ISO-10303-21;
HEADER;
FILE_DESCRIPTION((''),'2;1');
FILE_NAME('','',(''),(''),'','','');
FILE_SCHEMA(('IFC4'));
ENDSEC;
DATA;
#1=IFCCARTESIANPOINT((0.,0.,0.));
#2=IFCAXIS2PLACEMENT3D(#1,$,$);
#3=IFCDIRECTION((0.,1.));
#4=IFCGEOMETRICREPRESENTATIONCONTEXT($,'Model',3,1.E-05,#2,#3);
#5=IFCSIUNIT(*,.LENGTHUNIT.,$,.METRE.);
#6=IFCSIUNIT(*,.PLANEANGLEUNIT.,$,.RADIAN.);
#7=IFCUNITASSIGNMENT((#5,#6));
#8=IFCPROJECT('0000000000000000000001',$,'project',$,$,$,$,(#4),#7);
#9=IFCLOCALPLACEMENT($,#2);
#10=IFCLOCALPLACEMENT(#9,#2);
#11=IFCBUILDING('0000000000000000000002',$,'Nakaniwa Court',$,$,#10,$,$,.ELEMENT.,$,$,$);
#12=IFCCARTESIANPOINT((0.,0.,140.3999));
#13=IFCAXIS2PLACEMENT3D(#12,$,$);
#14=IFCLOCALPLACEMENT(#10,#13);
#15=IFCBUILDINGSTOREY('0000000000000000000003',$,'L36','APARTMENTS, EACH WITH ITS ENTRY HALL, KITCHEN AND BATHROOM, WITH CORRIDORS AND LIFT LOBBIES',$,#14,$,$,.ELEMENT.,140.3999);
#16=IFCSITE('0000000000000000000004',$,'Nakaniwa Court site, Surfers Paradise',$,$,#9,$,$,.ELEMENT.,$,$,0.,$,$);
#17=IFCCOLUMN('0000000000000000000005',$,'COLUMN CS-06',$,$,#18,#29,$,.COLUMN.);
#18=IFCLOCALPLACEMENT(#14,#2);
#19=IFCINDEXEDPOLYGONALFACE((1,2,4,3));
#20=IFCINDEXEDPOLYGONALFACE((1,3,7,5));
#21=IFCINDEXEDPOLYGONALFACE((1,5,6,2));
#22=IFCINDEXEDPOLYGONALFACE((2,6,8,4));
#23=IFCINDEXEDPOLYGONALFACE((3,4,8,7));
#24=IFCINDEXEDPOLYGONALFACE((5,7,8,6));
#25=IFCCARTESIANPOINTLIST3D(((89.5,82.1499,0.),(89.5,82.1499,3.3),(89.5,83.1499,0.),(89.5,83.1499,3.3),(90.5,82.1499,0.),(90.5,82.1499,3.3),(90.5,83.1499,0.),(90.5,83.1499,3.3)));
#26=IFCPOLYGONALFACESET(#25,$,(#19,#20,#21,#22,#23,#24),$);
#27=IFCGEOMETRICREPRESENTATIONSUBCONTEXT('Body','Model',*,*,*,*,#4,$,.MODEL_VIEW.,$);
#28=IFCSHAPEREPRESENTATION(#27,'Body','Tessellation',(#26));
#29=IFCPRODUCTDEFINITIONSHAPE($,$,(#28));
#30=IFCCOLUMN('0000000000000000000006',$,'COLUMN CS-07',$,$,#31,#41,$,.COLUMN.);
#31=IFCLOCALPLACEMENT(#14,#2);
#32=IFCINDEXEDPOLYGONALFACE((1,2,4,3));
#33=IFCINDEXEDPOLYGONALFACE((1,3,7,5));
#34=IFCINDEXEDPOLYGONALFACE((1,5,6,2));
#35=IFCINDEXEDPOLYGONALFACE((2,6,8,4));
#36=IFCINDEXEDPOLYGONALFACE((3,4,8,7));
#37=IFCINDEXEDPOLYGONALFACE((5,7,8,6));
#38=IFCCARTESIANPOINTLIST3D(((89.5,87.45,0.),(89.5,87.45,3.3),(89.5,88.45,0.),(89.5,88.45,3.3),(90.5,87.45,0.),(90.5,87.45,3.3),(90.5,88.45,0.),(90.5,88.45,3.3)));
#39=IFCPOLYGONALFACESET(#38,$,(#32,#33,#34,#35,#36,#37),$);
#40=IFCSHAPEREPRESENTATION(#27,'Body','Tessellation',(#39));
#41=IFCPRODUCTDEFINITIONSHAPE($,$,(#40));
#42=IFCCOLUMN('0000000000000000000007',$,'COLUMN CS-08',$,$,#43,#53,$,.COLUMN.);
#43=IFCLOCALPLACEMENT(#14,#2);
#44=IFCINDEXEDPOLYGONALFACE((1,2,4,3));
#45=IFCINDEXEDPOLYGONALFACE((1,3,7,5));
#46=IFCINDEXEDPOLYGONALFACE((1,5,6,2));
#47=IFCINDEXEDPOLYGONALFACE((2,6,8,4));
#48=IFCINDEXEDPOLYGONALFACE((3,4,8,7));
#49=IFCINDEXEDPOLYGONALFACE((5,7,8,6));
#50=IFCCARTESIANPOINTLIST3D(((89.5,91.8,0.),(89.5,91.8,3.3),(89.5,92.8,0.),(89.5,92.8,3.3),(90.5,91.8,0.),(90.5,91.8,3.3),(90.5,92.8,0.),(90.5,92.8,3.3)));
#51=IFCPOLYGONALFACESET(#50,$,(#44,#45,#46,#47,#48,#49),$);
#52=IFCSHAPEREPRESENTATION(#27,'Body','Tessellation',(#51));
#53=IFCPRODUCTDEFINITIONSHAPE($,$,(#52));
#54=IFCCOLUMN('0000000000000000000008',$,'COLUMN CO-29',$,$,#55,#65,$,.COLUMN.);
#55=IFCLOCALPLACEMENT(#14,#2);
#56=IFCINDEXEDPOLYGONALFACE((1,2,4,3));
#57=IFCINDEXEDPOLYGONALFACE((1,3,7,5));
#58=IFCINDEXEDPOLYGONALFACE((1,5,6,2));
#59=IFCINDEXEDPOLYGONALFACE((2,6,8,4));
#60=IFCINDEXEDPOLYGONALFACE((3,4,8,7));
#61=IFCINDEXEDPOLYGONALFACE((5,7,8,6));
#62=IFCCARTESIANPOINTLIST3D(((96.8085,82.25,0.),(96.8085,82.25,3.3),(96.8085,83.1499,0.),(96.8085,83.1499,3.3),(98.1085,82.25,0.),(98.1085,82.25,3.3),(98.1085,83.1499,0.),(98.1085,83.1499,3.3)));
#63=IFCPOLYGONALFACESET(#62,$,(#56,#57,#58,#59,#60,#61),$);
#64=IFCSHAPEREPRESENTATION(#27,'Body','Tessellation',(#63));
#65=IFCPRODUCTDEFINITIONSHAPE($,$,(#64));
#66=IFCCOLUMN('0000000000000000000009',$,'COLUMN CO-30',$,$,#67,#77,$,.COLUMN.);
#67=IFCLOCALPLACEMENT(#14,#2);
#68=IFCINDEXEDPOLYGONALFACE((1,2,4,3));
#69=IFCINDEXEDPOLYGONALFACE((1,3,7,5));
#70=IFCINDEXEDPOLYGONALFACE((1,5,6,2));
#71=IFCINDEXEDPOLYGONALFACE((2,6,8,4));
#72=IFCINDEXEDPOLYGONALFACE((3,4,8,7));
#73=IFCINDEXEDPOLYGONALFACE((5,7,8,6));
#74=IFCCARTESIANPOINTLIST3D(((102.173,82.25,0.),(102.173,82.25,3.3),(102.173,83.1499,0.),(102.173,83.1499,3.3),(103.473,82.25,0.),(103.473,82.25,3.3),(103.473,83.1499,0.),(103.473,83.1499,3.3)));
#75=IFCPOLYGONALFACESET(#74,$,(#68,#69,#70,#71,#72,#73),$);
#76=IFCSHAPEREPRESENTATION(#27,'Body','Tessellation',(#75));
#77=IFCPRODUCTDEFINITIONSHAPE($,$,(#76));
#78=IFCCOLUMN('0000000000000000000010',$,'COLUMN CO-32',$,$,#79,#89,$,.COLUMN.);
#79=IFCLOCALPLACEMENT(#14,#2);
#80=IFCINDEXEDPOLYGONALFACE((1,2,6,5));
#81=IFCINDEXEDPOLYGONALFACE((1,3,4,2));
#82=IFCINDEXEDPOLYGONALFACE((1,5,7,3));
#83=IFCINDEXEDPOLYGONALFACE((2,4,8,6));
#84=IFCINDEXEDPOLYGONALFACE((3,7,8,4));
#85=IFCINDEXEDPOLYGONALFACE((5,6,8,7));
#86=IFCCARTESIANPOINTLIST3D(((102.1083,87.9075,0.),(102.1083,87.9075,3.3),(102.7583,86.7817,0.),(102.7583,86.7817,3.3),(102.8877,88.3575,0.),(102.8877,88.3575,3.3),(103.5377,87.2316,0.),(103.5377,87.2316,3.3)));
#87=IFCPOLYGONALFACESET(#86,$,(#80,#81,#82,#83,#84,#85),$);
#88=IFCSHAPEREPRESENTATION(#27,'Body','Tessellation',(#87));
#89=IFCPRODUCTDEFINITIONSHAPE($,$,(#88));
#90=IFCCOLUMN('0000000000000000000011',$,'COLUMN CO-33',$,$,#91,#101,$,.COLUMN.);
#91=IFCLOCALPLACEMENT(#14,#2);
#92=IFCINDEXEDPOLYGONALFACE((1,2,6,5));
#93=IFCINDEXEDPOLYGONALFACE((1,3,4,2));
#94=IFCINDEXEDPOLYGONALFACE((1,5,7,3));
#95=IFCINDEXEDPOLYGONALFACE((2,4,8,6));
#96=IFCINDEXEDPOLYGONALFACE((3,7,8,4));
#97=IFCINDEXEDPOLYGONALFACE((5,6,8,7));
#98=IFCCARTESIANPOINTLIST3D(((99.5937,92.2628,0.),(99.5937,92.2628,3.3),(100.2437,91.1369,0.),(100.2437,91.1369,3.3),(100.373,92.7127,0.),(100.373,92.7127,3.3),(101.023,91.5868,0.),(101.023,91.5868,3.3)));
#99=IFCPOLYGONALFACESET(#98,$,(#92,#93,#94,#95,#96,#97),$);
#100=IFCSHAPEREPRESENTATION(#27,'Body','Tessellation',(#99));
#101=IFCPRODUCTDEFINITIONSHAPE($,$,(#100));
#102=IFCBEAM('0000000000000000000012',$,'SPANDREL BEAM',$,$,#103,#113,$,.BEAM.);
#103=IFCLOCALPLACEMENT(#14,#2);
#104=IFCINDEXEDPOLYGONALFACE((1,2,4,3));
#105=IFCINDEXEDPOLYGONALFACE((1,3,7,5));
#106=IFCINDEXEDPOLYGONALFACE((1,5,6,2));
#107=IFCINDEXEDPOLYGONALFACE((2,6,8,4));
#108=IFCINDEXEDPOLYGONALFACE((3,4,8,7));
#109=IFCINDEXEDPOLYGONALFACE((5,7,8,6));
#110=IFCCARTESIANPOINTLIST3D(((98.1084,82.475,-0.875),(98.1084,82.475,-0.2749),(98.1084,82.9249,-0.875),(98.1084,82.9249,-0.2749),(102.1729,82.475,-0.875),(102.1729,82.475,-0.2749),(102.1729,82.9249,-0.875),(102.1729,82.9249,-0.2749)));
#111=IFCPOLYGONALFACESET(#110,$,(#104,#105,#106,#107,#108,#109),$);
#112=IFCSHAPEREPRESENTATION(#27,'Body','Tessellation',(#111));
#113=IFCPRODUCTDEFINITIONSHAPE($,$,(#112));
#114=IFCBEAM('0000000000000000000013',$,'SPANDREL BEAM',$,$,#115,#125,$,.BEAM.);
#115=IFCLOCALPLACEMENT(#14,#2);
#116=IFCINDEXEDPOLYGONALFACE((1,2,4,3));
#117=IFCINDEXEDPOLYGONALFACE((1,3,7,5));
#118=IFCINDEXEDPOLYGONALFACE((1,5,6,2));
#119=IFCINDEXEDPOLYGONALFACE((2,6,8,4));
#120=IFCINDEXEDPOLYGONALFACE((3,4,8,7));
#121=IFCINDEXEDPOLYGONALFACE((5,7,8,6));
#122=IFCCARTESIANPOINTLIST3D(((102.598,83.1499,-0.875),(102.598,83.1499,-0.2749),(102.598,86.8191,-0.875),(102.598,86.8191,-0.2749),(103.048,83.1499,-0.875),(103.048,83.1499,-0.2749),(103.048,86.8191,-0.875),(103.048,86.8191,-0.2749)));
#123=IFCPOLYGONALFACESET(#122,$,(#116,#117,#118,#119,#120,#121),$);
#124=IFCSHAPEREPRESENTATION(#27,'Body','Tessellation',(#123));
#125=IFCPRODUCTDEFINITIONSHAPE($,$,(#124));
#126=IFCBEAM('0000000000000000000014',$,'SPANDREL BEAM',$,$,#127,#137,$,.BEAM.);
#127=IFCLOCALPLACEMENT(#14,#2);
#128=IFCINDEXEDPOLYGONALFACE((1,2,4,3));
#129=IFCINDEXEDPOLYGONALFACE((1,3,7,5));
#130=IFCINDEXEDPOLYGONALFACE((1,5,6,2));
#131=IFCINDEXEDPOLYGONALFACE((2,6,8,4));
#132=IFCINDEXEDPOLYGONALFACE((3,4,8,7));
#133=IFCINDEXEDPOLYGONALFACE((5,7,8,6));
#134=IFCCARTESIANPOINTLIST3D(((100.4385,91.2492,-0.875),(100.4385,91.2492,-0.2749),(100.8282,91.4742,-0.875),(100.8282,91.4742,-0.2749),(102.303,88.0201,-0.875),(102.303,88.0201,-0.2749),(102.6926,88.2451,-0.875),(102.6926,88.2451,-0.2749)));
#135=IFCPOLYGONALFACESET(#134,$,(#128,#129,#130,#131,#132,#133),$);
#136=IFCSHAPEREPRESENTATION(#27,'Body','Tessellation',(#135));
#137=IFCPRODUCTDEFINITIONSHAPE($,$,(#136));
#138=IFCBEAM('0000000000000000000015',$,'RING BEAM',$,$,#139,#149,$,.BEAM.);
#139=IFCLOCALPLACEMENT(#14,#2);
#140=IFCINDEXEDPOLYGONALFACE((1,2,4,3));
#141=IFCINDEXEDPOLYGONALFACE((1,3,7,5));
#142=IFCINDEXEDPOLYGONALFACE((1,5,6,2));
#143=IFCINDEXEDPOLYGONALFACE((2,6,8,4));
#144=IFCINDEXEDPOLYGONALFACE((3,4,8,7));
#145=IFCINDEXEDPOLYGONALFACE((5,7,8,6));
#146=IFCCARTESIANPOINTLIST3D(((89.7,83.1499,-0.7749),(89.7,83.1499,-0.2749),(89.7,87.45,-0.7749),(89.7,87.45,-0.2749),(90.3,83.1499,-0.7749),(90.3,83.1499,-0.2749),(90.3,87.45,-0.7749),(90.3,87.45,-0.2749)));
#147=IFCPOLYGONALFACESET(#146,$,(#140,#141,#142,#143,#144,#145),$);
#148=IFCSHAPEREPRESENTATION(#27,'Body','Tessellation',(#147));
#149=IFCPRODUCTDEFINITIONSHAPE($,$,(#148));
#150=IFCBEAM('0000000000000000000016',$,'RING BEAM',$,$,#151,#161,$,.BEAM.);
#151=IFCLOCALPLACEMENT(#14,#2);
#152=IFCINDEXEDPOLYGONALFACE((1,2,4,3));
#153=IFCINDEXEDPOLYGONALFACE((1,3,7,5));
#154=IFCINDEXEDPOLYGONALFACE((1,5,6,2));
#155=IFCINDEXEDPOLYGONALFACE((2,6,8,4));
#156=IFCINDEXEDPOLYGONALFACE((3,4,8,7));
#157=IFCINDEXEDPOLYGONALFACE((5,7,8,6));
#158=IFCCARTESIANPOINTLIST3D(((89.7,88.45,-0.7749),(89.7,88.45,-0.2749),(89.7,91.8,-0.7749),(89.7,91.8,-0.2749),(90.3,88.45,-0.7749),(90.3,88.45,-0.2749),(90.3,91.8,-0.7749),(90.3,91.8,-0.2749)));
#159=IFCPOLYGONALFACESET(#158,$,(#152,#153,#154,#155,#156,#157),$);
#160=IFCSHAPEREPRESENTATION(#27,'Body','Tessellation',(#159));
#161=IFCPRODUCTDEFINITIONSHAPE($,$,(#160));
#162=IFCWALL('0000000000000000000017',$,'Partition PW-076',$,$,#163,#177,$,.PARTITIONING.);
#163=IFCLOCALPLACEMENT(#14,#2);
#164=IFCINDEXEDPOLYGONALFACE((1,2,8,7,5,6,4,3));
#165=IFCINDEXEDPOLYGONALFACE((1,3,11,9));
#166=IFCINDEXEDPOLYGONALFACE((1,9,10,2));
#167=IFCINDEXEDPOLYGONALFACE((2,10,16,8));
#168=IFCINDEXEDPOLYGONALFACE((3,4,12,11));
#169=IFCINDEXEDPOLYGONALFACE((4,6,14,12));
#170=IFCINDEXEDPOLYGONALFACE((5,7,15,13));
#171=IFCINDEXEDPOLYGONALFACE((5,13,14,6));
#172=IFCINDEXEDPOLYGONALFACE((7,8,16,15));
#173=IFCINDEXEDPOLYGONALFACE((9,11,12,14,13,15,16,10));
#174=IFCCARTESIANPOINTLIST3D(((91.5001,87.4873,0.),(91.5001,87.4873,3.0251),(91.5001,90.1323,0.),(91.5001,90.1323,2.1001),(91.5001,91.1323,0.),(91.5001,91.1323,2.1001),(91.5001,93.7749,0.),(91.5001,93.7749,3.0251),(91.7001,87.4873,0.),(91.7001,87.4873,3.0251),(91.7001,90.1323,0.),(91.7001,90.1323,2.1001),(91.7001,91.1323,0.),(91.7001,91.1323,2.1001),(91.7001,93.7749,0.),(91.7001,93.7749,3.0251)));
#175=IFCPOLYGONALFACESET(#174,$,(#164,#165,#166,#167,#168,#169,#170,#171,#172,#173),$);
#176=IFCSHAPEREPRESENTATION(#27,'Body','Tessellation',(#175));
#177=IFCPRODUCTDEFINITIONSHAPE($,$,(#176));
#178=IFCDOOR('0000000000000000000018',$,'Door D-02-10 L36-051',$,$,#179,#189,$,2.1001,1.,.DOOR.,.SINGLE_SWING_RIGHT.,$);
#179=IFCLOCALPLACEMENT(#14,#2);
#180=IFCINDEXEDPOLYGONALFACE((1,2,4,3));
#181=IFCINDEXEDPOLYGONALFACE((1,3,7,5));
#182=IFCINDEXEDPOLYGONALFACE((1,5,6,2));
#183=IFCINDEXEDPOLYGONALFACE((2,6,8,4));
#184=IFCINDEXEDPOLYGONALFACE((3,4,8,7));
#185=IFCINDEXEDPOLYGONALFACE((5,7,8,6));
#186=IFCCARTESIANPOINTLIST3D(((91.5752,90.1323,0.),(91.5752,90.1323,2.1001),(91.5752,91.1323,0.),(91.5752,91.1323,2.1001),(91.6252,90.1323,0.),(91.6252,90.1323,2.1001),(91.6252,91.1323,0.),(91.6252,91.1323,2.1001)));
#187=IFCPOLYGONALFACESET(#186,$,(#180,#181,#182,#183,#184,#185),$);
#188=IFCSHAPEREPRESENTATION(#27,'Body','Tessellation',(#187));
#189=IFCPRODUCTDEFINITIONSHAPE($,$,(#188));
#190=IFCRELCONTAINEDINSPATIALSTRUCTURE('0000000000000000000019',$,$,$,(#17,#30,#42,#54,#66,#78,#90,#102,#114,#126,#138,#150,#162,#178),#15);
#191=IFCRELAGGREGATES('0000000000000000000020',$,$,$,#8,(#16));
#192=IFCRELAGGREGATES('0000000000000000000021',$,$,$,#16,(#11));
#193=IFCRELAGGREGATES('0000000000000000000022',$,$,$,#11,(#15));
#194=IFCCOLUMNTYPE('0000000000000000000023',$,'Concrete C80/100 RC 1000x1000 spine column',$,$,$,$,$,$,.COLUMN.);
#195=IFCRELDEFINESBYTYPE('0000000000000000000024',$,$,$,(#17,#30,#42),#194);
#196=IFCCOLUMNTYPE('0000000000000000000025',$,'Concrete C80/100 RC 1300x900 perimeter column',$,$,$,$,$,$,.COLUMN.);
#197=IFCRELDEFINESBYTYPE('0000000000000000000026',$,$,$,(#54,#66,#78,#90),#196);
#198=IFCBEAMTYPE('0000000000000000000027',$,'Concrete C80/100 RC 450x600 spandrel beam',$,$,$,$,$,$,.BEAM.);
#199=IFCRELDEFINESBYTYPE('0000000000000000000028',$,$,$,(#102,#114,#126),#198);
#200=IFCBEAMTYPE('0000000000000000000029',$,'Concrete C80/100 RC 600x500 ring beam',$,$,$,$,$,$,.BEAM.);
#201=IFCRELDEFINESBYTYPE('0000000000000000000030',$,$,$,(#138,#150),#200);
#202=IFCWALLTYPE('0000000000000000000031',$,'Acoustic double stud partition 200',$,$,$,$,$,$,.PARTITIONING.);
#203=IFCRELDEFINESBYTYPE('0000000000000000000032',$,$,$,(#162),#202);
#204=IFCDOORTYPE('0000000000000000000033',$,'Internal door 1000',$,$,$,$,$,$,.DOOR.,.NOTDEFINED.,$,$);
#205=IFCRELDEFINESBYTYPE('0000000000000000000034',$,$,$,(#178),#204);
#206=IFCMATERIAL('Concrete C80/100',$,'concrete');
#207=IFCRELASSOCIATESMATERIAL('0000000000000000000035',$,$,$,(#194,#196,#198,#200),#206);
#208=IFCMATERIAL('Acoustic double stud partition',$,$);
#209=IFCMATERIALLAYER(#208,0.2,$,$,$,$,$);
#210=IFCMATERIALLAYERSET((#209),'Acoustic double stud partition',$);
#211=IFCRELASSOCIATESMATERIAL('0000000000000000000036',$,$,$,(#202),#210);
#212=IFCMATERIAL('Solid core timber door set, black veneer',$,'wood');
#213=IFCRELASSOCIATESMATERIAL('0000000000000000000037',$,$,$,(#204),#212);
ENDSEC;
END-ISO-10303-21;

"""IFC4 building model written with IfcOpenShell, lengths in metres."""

from ifc_helpers import new_model, si_unit, direction, frame, frame_2d, origin, origin_2d, place, context, subcontext, project, spatial, rectangle, extrude, material, layer, layer_set, material_profile, profile_set, type_object, element, fill, save


model = new_model("IFC4")

# Units and contexts
model_context = context("Model", 3, precision=1e-05, world=origin(), true_north=direction((0.0, 1.0)))
body_context = subcontext(model_context, "Body", "Model", "MODEL_VIEW")
ifc_project = project(units=[si_unit("LENGTHUNIT", "METRE"), si_unit("PLANEANGLEUNIT", "RADIAN")], contexts=[model_context])

# Site, building, storey
site_placement = place(None, origin())
site = spatial("IfcSite", under=ifc_project, at=site_placement, Name="Nakaniwa Court site, Surfers Paradise", CompositionType="ELEMENT", RefElevation=0.0)
building_placement = place(site_placement, origin())
building = spatial("IfcBuilding", under=site, at=building_placement, Name="Nakaniwa Court", CompositionType="ELEMENT")
storey_placement = place(building_placement, frame((0.0, 0.0, 140.3999)))
storey = spatial("IfcBuildingStorey", under=building, at=storey_placement, Name="L36", Description="APARTMENTS, EACH WITH ITS ENTRY HALL, KITCHEN AND BATHROOM, WITH CORRIDORS AND LIFT LOBBIES", CompositionType="ELEMENT", Elevation=140.3999)

# Columns
ifc_material_1 = material(Name="Concrete C80/100", Category="concrete")
ifc_material_profile_1 = material_profile(ifc_material_1, rectangle(XDim=1.0, YDim=1.0, at=origin_2d()), Name="Concrete C80/100 RC 1000x1000 spine column")
ifc_profile_set_1 = profile_set([ifc_material_profile_1], Name="Concrete C80/100")
column_type_1 = type_object("IfcColumnType", Name="Concrete C80/100 RC 1000x1000 spine column", PredefinedType="COLUMN", material=ifc_profile_set_1)
for number, where, z_axis, x_axis, name in (
    (1, (90.0, 82.6499, 0.0), (0.0, 0.0, 1.0), (0.0, 1.0, 0.0), "COLUMN CS-06"),
    (2, (90.0, 87.95, 0.0), (0.0, 0.0, 1.0), (0.0, 1.0, 0.0), "COLUMN CS-07"),
    (3, (90.0, 92.3, 0.0), (0.0, 0.0, 1.0), (0.0, 1.0, 0.0), "COLUMN CS-08"),
):
    element("IfcColumn", number, at=place(storey_placement, frame(where, z_axis=z_axis, x_axis=x_axis)), inside=storey, type_object=column_type_1, Name=name, PredefinedType="COLUMN", context=body_context, shape_type="SweptSolid", body=[
        extrude(rectangle(XDim=1.0, YDim=1.0, at=origin_2d()), origin(), (0.0, 0.0, 1.0), 3.3),
    ])
ifc_material_profile_2 = material_profile(ifc_material_1, rectangle(XDim=1.3, YDim=0.8999, at=origin_2d()), Name="Concrete C80/100 RC 1300x900 perimeter column")
ifc_profile_set_2 = profile_set([ifc_material_profile_2], Name="Concrete C80/100")
column_type_2 = type_object("IfcColumnType", Name="Concrete C80/100 RC 1300x900 perimeter column", PredefinedType="COLUMN", material=ifc_profile_set_2)
for number, where, z_axis, x_axis, name in (
    (4, (97.4585, 82.7, 0.0), (0.0, 0.0, 1.0), (1.0, 0.0, 0.0), "COLUMN CO-29"),
    (5, (102.823, 82.7, 0.0), (0.0, 0.0, 1.0), (1.0, 0.0, 0.0), "COLUMN CO-30"),
    (6, (102.823, 87.5696, 0.0), (0.0, 0.0, 1.0), (-0.5, 0.866025, 0.0), "COLUMN CO-32"),
    (7, (100.3083, 91.9248, 0.0), (0.0, 0.0, 1.0), (-0.5, 0.866025, 0.0), "COLUMN CO-33"),
):
    element("IfcColumn", number, at=place(storey_placement, frame(where, z_axis=z_axis, x_axis=x_axis)), inside=storey, type_object=column_type_2, Name=name, PredefinedType="COLUMN", context=body_context, shape_type="SweptSolid", body=[
        extrude(rectangle(XDim=1.3, YDim=0.8999, at=origin_2d()), origin(), (0.0, 0.0, 1.0), 3.3),
    ])

# Beams
ifc_material_profile_3 = material_profile(ifc_material_1, rectangle(XDim=0.45, YDim=0.6001, at=origin_2d()), Name="Concrete C80/100 RC 450x600 spandrel beam")
ifc_profile_set_3 = profile_set([ifc_material_profile_3], Name="Concrete C80/100")
beam_type_1 = type_object("IfcBeamType", Name="Concrete C80/100 RC 450x600 spandrel beam", PredefinedType="BEAM", material=ifc_profile_set_3)
beam_1_placement = place(storey_placement, frame((98.1084, 82.7, -0.575), z_axis=(1.0, 0.0, 0.0), x_axis=(0.0, 1.0, 0.0)))
element("IfcBeam", 8, at=beam_1_placement, inside=storey, type_object=beam_type_1, Name="SPANDREL BEAM", PredefinedType="BEAM", context=body_context, shape_type="SweptSolid", body=[
    extrude(rectangle(XDim=0.45, YDim=0.6001, at=origin_2d()), origin(), (0.0, 0.0, 1.0), 4.0645),
])
beam_2_placement = place(storey_placement, frame((102.823, 83.1499, -0.575), z_axis=(0.0, 1.0, 0.0), x_axis=(-1.0, 0.0, 0.0)))
element("IfcBeam", 9, at=beam_2_placement, inside=storey, type_object=beam_type_1, Name="SPANDREL BEAM", PredefinedType="BEAM", context=body_context, shape_type="SweptSolid", body=[
    extrude(rectangle(XDim=0.45, YDim=0.6001, at=origin_2d()), origin(), (0.0, 0.0, 1.0), 3.6692),
])
beam_3_placement = place(storey_placement, frame((102.4978, 88.1326, -0.575), z_axis=(-0.500019, 0.866014, 0.0), x_axis=(-0.866014, -0.500019, 0.0)))
element("IfcBeam", 10, at=beam_3_placement, inside=storey, type_object=beam_type_1, Name="SPANDREL BEAM", PredefinedType="BEAM", context=body_context, shape_type="SweptSolid", body=[
    extrude(rectangle(XDim=0.45, YDim=0.6001, at=origin_2d()), origin(), (0.0, 0.0, 1.0), 3.7288),
])
ifc_material_profile_4 = material_profile(ifc_material_1, rectangle(XDim=0.6001, YDim=0.5, at=origin_2d()), Name="Concrete C80/100 RC 600x500 ring beam")
ifc_profile_set_4 = profile_set([ifc_material_profile_4], Name="Concrete C80/100")
beam_type_2 = type_object("IfcBeamType", Name="Concrete C80/100 RC 600x500 ring beam", PredefinedType="BEAM", material=ifc_profile_set_4)
beam_4_placement = place(storey_placement, frame((90.0, 83.1499, -0.5249), z_axis=(0.0, 1.0, 0.0), x_axis=(-1.0, 0.0, 0.0)))
element("IfcBeam", 11, at=beam_4_placement, inside=storey, type_object=beam_type_2, Name="RING BEAM", PredefinedType="BEAM", context=body_context, shape_type="SweptSolid", body=[
    extrude(rectangle(XDim=0.6001, YDim=0.5, at=origin_2d()), origin(), (0.0, 0.0, 1.0), 4.3),
])
beam_5_placement = place(storey_placement, frame((90.0, 88.45, -0.5249), z_axis=(0.0, 1.0, 0.0), x_axis=(-1.0, 0.0, 0.0)))
element("IfcBeam", 12, at=beam_5_placement, inside=storey, type_object=beam_type_2, Name="RING BEAM", PredefinedType="BEAM", context=body_context, shape_type="SweptSolid", body=[
    extrude(rectangle(XDim=0.6001, YDim=0.5, at=origin_2d()), origin(), (0.0, 0.0, 1.0), 3.3501),
])

# Wall, opening, door
ifc_material_2 = material(Name="Acoustic double stud partition")
ifc_layer_1 = layer(ifc_material_2, 0.2)
ifc_layer_set_1 = layer_set([ifc_layer_1], Name="Acoustic double stud partition")
wall_type_1 = type_object("IfcWallType", Name="Acoustic double stud partition 200", PredefinedType="PARTITIONING", material=ifc_layer_set_1)
wall_1_placement = place(storey_placement, frame((91.6001, 87.4873, 0.0), z_axis=(0.0, 0.0, 1.0), x_axis=(0.0, 1.0, 0.0)))
wall_1 = element("IfcWall", 13, at=wall_1_placement, inside=storey, type_object=wall_type_1, Name="Partition PW-076", PredefinedType="PARTITIONING", context=body_context, shape_type="SweptSolid", body=[
    extrude(rectangle(XDim=6.2876, YDim=0.2, at=frame_2d((3.1438, 0.0))), origin(), (0.0, 0.0, 1.0), 3.0251),
])
opening_1_placement = place(wall_1_placement, frame((2.645, 0.0, 0.0)))
opening_1 = element("IfcOpeningElement", 14, at=opening_1_placement, cuts=wall_1, PredefinedType="OPENING", context=body_context, shape_type="SweptSolid", body=[
    extrude(rectangle(XDim=1.0, YDim=2.1001, at=frame_2d((0.5, 1.05))), frame((0.0, 0.1099, 0.0), z_axis=(0.0, -1.0, 0.0), x_axis=(1.0, 0.0, 0.0)), (0.0, 0.0, 1.0), 0.22),
])
ifc_material_3 = material(Name="Solid core timber door set, black veneer", Category="wood")
door_type_1 = type_object("IfcDoorType", Name="Internal door 1000", OperationType="NOTDEFINED", PredefinedType="DOOR", material=ifc_material_3)
door_1_placement = place(opening_1_placement, origin())
door_1 = element("IfcDoor", 15, at=door_1_placement, inside=storey, type_object=door_type_1, Name="Door D-02-10 L36-051", OperationType="SINGLE_SWING_RIGHT", OverallHeight=2.1001, OverallWidth=1.0, PredefinedType="DOOR", context=body_context, shape_type="SweptSolid", body=[
    extrude(rectangle(XDim=1.0, YDim=2.1001, at=frame_2d((0.5, 1.05))), frame((0.0, 0.0249, 0.0), z_axis=(0.0, -1.0, 0.0), x_axis=(1.0, 0.0, 0.0)), (0.0, 0.0, 1.0), 0.05),
])
fill(opening_1, door_1)

save(model, "model.ifc")
